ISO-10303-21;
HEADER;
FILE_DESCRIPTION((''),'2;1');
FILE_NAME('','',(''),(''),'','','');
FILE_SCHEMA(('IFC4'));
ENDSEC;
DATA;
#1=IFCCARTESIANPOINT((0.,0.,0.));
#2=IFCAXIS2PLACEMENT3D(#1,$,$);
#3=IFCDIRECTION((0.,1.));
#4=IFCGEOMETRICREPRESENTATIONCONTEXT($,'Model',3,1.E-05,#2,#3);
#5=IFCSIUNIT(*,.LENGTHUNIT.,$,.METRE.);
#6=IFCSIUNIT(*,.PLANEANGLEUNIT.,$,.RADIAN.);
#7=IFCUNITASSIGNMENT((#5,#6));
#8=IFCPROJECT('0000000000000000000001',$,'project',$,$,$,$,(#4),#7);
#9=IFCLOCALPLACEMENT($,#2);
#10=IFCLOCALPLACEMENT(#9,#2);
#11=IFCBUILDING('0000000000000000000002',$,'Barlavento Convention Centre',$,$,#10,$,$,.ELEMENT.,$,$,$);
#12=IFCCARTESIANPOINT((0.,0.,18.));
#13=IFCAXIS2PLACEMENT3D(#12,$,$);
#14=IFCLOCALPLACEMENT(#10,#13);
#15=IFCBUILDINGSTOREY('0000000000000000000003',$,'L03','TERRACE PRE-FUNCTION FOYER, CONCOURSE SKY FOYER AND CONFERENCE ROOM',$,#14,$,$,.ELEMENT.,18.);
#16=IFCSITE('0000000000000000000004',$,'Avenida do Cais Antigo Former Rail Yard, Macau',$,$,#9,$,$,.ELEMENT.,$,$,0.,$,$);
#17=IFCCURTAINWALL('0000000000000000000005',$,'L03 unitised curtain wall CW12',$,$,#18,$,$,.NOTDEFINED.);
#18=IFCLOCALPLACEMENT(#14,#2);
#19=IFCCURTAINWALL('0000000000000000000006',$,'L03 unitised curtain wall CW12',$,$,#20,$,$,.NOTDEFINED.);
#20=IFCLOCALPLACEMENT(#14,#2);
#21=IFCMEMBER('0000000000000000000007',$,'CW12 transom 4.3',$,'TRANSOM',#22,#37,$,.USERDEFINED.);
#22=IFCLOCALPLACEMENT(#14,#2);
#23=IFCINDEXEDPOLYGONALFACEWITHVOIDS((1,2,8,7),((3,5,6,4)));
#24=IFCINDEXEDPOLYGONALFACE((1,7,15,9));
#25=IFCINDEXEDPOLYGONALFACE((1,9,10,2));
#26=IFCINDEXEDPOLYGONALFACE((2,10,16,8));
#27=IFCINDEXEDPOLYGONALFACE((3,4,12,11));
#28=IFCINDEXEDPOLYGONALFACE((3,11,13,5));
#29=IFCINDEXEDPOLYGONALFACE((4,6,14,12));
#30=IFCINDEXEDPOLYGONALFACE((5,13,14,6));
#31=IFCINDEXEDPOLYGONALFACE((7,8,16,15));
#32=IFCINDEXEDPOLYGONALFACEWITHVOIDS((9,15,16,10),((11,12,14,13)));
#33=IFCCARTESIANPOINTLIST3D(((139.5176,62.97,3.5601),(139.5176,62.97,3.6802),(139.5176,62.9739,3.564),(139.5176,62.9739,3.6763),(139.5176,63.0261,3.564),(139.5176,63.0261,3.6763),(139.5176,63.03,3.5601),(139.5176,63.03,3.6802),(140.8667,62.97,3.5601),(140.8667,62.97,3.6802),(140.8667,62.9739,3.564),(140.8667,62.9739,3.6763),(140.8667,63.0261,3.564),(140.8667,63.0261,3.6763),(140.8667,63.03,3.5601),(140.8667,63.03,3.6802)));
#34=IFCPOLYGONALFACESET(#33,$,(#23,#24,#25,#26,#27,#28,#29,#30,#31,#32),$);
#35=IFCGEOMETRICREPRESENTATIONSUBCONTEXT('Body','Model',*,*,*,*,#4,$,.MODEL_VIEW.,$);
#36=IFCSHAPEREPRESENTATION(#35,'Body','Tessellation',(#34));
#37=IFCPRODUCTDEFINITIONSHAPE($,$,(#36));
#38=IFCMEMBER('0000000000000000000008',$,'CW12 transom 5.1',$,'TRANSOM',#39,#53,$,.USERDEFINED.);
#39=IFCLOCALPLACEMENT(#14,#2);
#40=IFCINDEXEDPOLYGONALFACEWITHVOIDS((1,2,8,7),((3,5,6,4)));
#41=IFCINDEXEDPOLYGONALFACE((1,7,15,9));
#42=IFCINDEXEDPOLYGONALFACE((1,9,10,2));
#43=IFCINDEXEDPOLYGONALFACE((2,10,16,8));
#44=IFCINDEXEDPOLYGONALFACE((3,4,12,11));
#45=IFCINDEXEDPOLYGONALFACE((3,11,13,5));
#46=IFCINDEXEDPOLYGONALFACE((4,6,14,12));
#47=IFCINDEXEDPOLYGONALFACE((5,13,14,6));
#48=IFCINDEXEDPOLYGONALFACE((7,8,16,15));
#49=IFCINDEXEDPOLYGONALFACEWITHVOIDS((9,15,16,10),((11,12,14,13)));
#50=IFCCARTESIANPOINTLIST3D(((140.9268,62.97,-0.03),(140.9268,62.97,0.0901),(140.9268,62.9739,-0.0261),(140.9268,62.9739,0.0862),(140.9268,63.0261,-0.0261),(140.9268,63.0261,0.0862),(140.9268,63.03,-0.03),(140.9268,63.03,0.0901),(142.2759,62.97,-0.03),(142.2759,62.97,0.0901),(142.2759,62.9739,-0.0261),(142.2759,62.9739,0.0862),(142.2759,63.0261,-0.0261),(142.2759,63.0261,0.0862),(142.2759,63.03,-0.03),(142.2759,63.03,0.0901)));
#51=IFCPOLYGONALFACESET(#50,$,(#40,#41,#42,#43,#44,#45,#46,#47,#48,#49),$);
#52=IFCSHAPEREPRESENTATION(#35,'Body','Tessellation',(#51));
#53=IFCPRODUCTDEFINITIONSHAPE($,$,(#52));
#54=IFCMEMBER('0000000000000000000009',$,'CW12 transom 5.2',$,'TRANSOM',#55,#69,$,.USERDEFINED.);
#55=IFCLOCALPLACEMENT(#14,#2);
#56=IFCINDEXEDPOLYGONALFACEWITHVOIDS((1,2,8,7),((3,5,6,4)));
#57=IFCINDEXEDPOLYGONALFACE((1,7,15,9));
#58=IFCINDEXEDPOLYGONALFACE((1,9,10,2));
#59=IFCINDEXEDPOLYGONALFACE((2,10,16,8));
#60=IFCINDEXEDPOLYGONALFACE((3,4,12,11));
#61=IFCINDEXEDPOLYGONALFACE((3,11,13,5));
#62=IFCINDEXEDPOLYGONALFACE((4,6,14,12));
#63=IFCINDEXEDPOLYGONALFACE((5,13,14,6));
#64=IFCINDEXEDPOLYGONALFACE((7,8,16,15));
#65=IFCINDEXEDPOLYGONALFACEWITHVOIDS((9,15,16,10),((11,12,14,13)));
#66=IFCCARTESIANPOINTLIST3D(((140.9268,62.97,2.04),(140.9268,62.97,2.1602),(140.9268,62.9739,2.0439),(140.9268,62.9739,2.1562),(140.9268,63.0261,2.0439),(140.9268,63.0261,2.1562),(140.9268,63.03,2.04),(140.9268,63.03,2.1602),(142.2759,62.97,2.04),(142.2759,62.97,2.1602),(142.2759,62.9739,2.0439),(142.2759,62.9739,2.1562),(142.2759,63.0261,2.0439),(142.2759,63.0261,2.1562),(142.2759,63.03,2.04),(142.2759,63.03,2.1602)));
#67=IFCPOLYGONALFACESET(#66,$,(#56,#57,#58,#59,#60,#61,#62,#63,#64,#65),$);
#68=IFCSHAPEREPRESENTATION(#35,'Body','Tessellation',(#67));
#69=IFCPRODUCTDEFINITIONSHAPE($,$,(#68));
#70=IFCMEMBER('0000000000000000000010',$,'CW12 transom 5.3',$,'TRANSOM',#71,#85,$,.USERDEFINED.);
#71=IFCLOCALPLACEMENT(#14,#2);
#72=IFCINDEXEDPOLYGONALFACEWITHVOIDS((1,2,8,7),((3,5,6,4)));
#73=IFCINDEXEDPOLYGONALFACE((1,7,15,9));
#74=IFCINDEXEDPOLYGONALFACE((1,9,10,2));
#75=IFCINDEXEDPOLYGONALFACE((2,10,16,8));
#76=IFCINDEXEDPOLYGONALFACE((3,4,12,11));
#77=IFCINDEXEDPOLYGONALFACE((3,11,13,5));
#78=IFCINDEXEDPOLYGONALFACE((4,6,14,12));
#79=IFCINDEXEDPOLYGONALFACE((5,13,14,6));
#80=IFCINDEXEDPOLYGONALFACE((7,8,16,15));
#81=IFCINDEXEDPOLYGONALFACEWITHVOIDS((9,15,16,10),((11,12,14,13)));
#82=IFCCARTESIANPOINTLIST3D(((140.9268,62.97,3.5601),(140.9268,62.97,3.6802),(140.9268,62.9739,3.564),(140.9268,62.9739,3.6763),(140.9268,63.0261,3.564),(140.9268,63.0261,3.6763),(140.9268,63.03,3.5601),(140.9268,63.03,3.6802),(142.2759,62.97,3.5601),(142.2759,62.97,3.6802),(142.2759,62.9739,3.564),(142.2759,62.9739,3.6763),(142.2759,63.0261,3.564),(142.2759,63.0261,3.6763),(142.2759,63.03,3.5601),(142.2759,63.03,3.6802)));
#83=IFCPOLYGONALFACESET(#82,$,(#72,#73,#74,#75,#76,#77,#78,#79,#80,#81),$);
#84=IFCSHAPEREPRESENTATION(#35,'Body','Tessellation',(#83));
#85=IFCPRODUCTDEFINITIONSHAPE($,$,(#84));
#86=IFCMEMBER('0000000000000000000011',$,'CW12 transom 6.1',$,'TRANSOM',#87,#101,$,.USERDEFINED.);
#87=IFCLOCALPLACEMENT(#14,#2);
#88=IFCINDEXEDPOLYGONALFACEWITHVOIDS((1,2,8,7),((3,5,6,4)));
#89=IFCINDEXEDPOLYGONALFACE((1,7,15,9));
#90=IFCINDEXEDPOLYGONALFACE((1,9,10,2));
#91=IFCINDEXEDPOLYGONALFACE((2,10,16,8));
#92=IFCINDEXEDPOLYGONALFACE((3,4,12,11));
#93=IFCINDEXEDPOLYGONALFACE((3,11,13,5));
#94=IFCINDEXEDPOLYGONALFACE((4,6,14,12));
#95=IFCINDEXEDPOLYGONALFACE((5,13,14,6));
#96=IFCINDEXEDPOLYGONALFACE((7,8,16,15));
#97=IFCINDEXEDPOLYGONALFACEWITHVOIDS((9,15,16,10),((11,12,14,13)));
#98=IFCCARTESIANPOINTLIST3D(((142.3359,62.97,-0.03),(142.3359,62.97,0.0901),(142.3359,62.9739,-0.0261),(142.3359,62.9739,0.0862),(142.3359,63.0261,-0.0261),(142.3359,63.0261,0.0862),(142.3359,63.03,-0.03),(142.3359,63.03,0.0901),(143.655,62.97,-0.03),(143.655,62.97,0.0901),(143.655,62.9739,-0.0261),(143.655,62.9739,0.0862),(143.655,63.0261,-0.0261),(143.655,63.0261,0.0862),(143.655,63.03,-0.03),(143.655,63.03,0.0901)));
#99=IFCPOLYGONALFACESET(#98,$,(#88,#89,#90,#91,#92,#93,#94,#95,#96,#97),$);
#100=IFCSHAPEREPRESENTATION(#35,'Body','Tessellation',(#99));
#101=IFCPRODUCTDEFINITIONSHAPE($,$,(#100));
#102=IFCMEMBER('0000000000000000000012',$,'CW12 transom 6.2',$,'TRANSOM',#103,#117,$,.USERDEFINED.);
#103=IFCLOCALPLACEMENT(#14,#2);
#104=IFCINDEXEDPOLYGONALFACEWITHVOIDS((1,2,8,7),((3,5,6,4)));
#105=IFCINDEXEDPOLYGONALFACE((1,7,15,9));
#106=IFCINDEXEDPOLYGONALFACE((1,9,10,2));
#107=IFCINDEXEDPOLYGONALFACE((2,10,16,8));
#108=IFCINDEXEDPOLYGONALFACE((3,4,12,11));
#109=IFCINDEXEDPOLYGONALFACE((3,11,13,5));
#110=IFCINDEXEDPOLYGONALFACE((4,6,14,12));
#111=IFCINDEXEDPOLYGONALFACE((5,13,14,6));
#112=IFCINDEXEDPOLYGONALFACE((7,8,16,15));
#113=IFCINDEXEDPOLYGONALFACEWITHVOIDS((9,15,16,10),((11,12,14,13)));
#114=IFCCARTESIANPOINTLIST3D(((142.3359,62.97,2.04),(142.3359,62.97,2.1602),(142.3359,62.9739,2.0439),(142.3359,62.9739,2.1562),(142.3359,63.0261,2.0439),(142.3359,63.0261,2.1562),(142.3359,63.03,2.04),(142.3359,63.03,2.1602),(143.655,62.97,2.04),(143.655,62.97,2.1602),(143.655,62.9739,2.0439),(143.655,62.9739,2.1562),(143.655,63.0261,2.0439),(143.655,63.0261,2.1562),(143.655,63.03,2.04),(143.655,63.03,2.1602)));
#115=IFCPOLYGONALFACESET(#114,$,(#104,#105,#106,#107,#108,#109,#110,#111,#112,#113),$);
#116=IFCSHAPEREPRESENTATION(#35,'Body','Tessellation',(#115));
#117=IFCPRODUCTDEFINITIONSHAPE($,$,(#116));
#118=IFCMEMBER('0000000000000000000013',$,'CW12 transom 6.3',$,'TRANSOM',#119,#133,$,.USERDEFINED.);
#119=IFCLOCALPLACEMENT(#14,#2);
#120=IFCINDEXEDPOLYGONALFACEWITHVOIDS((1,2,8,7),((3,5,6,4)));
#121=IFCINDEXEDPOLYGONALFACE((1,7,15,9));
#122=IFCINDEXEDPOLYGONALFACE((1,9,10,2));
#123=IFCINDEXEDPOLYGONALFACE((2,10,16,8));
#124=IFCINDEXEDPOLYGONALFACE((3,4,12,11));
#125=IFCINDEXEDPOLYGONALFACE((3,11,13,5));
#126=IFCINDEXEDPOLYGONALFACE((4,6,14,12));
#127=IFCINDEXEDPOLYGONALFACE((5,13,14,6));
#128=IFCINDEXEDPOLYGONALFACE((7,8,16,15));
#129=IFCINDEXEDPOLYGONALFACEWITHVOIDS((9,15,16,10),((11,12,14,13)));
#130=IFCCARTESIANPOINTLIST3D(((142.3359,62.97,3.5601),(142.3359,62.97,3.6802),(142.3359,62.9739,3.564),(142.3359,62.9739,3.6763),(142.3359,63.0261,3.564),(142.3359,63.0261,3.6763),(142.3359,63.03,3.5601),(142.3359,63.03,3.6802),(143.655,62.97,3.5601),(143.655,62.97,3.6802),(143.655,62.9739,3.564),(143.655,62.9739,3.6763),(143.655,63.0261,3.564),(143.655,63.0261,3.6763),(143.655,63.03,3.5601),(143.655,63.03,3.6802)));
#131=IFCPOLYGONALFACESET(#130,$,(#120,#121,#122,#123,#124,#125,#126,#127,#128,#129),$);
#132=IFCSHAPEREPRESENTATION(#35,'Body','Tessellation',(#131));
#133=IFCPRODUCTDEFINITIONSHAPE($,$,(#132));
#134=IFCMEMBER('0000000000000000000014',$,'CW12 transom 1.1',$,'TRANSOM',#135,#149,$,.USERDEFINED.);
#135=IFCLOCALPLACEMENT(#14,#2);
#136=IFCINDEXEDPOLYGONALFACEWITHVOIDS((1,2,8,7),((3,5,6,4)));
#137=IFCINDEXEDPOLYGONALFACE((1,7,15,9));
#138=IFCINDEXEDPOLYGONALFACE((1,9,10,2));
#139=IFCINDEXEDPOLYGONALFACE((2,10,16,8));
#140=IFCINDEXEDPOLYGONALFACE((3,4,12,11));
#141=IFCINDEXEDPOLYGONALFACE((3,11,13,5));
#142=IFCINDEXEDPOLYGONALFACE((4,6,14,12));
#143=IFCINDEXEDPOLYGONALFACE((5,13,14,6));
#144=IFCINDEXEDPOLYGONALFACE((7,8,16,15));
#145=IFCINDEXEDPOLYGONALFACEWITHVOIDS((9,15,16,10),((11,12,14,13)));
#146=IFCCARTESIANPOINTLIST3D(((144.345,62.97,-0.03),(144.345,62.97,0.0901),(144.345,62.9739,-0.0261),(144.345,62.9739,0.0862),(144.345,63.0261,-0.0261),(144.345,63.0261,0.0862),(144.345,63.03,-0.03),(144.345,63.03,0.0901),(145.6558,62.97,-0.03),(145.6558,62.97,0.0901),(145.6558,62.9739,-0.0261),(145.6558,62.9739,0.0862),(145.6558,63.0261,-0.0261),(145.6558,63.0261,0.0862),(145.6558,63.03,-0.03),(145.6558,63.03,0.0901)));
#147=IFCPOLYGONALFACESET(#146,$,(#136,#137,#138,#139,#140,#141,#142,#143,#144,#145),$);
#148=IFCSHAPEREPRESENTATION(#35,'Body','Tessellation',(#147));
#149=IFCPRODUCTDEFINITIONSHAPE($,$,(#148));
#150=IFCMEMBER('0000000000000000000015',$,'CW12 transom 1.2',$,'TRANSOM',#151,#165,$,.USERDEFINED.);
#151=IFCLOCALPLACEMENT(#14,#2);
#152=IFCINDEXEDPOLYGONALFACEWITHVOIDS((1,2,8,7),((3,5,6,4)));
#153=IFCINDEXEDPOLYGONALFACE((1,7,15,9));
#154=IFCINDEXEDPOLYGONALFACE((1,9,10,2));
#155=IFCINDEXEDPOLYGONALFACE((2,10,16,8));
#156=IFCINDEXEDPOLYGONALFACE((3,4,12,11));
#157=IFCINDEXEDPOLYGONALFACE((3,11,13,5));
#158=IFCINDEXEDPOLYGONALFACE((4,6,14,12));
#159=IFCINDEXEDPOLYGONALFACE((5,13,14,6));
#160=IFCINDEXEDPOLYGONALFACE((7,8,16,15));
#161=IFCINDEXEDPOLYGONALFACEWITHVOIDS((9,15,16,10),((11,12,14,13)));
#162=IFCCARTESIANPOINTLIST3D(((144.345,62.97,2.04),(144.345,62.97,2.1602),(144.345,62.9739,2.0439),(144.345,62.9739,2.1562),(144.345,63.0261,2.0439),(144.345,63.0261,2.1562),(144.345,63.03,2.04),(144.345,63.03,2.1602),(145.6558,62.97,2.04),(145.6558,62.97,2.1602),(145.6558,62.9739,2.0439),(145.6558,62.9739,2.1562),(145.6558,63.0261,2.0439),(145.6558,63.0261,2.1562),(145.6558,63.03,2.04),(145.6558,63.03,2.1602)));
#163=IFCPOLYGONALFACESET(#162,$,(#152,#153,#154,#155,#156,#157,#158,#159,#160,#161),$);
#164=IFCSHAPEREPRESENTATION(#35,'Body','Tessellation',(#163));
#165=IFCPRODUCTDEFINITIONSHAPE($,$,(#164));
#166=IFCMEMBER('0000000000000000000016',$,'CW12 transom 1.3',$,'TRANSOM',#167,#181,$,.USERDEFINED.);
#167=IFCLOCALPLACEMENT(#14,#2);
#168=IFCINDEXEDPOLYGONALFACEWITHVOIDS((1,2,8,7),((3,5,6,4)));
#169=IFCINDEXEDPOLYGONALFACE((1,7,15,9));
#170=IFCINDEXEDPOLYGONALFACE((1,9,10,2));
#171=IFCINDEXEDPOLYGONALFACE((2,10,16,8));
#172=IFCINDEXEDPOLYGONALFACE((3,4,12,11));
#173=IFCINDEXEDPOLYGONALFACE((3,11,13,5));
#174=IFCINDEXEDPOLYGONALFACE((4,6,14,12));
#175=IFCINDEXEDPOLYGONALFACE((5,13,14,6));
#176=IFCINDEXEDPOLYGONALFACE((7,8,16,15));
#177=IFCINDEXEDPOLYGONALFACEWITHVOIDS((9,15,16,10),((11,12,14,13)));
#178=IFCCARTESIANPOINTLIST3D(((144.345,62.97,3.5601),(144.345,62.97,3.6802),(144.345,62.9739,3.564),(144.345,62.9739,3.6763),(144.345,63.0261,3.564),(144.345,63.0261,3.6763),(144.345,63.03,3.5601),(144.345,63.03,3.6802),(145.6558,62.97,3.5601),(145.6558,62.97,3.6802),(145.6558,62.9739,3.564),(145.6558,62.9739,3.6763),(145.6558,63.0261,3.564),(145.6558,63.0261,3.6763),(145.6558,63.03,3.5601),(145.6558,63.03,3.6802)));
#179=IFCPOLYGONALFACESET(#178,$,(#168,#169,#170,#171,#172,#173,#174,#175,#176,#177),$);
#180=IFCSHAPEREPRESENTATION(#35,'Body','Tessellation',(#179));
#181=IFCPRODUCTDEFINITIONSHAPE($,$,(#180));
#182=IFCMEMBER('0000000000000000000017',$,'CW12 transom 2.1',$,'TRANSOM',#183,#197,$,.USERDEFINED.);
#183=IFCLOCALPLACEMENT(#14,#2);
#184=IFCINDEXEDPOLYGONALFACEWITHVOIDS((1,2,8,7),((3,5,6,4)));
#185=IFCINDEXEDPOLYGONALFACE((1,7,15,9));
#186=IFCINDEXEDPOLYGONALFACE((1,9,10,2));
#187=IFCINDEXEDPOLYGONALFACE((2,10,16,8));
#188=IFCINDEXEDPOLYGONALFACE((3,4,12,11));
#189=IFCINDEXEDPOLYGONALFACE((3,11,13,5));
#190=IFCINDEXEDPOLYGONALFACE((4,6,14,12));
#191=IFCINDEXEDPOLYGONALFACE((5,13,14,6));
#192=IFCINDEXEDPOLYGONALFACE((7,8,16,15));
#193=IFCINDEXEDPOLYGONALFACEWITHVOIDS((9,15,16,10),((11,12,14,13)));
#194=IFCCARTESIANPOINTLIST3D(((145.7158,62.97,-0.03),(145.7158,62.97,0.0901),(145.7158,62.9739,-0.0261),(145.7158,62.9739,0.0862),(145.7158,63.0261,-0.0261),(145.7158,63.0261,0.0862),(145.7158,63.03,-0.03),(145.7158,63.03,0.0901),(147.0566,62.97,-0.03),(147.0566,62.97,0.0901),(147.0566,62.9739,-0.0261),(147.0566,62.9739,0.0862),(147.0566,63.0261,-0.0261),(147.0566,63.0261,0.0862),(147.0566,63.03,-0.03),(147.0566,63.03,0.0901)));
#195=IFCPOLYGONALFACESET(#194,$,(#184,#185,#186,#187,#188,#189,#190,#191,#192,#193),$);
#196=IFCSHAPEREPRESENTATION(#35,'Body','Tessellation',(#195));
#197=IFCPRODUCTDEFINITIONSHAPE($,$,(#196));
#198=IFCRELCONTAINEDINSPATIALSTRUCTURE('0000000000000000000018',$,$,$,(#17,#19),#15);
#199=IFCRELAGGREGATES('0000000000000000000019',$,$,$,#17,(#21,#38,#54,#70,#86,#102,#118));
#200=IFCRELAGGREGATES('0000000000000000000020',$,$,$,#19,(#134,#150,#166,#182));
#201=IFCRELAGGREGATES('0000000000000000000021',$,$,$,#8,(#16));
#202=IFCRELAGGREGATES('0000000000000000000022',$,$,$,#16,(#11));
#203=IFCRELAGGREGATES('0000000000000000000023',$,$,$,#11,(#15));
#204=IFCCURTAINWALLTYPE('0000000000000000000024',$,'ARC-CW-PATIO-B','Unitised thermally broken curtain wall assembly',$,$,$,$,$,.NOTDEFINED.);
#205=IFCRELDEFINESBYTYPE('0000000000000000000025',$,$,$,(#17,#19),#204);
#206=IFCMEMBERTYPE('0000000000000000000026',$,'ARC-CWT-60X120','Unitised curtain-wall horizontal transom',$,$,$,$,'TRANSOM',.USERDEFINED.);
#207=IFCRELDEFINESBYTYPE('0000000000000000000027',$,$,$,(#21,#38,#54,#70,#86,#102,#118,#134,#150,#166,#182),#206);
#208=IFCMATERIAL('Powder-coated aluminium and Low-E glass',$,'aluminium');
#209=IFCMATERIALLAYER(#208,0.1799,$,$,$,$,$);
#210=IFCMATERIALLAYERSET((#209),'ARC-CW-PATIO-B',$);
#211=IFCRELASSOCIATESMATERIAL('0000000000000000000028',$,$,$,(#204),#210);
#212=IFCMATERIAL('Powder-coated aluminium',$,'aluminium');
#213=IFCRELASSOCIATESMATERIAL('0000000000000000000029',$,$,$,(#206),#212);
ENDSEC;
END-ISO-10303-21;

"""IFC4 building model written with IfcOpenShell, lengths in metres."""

from ifc_helpers import new_model, si_unit, direction, frame, origin, origin_2d, place, context, subcontext, project, spatial, hollow_rectangle, extrude, material, layer, layer_set, material_profile, profile_set, type_object, element, aggregate, save


model = new_model("IFC4")

# Units and contexts
model_context = context("Model", 3, precision=1e-05, world=origin(), true_north=direction((0.0, 1.0)))
body_context = subcontext(model_context, "Body", "Model", "MODEL_VIEW")
ifc_project = project(units=[si_unit("LENGTHUNIT", "METRE"), si_unit("PLANEANGLEUNIT", "RADIAN")], contexts=[model_context])

# Site, building, storey
site_placement = place(None, origin())
site = spatial("IfcSite", under=ifc_project, at=site_placement, Name="Avenida do Cais Antigo Former Rail Yard, Macau", CompositionType="ELEMENT", RefElevation=0.0)
building_placement = place(site_placement, origin())
building = spatial("IfcBuilding", under=site, at=building_placement, Name="Barlavento Convention Centre", CompositionType="ELEMENT")
storey_placement = place(building_placement, frame((0.0, 0.0, 18.0)))
storey = spatial("IfcBuildingStorey", under=building, at=storey_placement, Name="L03", Description="TERRACE PRE-FUNCTION FOYER, CONCOURSE SKY FOYER AND CONFERENCE ROOM", CompositionType="ELEMENT", Elevation=18.0)

# Curtain walls
ifc_material_1 = material(Name="Powder-coated aluminium and Low-E glass", Category="aluminium")
ifc_layer_1 = layer(ifc_material_1, 0.1799)
ifc_layer_set_1 = layer_set([ifc_layer_1], Name="ARC-CW-PATIO-B")
curtain_wall_type = type_object("IfcCurtainWallType", Name="ARC-CW-PATIO-B", Description="Unitised thermally broken curtain wall assembly", PredefinedType="NOTDEFINED", material=ifc_layer_set_1)
curtain_wall_1_placement = place(storey_placement, origin())
curtain_wall_1 = element("IfcCurtainWall", 1, at=curtain_wall_1_placement, inside=storey, type_object=curtain_wall_type, Name="L03 unitised curtain wall CW12", PredefinedType="NOTDEFINED")
ifc_material_2 = material(Name="Powder-coated aluminium", Category="aluminium")
curtain_wall_2_placement = place(storey_placement, origin())
curtain_wall_2 = element("IfcCurtainWall", 2, at=curtain_wall_2_placement, inside=storey, type_object=curtain_wall_type, Name="L03 unitised curtain wall CW12", PredefinedType="NOTDEFINED")

# Members
ifc_material_profile_1 = material_profile(ifc_material_2, hollow_rectangle(XDim=0.0601, YDim=0.1201, WallThickness=0.0039, at=origin_2d()), Name="AL-TRAN 60x120x4")
ifc_profile_set_1 = profile_set([ifc_material_profile_1], Name="Powder-coated aluminium")
member_type_1 = type_object("IfcMemberType", Name="ARC-CWT-60X120", Description="Unitised curtain-wall horizontal transom", ElementType="TRANSOM", PredefinedType="USERDEFINED", material=ifc_profile_set_1)
member_1_placement = place(storey_placement, frame((139.5176, 63.0, 3.6201), z_axis=(1.0, 0.0, 0.0), x_axis=(0.0, 1.0, 0.0)))
member_1 = element("IfcMember", 3, at=member_1_placement, type_object=member_type_1, Name="CW12 transom 4.3", ObjectType="TRANSOM", PredefinedType="USERDEFINED", context=body_context, shape_type="SweptSolid", body=[
    extrude(hollow_rectangle(XDim=0.0601, YDim=0.1201, WallThickness=0.0039, at=origin_2d()), origin(), (0.0, 0.0, 1.0), 1.3491),
])
member_2_placement = place(storey_placement, frame((140.9268, 63.0, 0.03), z_axis=(1.0, 0.0, 0.0), x_axis=(0.0, 1.0, 0.0)))
member_2 = element("IfcMember", 4, at=member_2_placement, type_object=member_type_1, Name="CW12 transom 5.1", ObjectType="TRANSOM", PredefinedType="USERDEFINED", context=body_context, shape_type="SweptSolid", body=[
    extrude(hollow_rectangle(XDim=0.0601, YDim=0.1201, WallThickness=0.0039, at=origin_2d()), origin(), (0.0, 0.0, 1.0), 1.3491),
])
member_3_placement = place(storey_placement, frame((140.9268, 63.0, 2.1001), z_axis=(1.0, 0.0, 0.0), x_axis=(0.0, 1.0, 0.0)))
member_3 = element("IfcMember", 5, at=member_3_placement, type_object=member_type_1, Name="CW12 transom 5.2", ObjectType="TRANSOM", PredefinedType="USERDEFINED", context=body_context, shape_type="SweptSolid", body=[
    extrude(hollow_rectangle(XDim=0.0601, YDim=0.1201, WallThickness=0.0039, at=origin_2d()), origin(), (0.0, 0.0, 1.0), 1.3491),
])
member_4_placement = place(storey_placement, frame((140.9268, 63.0, 3.6201), z_axis=(1.0, 0.0, 0.0), x_axis=(0.0, 1.0, 0.0)))
member_4 = element("IfcMember", 6, at=member_4_placement, type_object=member_type_1, Name="CW12 transom 5.3", ObjectType="TRANSOM", PredefinedType="USERDEFINED", context=body_context, shape_type="SweptSolid", body=[
    extrude(hollow_rectangle(XDim=0.0601, YDim=0.1201, WallThickness=0.0039, at=origin_2d()), origin(), (0.0, 0.0, 1.0), 1.3491),
])
member_5_placement = place(storey_placement, frame((142.3359, 63.0, 0.03), z_axis=(1.0, 0.0, 0.0), x_axis=(0.0, 1.0, 0.0)))
member_5 = element("IfcMember", 7, at=member_5_placement, type_object=member_type_1, Name="CW12 transom 6.1", ObjectType="TRANSOM", PredefinedType="USERDEFINED", context=body_context, shape_type="SweptSolid", body=[
    extrude(hollow_rectangle(XDim=0.0601, YDim=0.1201, WallThickness=0.0039, at=origin_2d()), origin(), (0.0, 0.0, 1.0), 1.3191),
])
member_6_placement = place(storey_placement, frame((142.3359, 63.0, 2.1001), z_axis=(1.0, 0.0, 0.0), x_axis=(0.0, 1.0, 0.0)))
member_6 = element("IfcMember", 8, at=member_6_placement, type_object=member_type_1, Name="CW12 transom 6.2", ObjectType="TRANSOM", PredefinedType="USERDEFINED", context=body_context, shape_type="SweptSolid", body=[
    extrude(hollow_rectangle(XDim=0.0601, YDim=0.1201, WallThickness=0.0039, at=origin_2d()), origin(), (0.0, 0.0, 1.0), 1.3191),
])
member_7_placement = place(storey_placement, frame((142.3359, 63.0, 3.6201), z_axis=(1.0, 0.0, 0.0), x_axis=(0.0, 1.0, 0.0)))
member_7 = element("IfcMember", 9, at=member_7_placement, type_object=member_type_1, Name="CW12 transom 6.3", ObjectType="TRANSOM", PredefinedType="USERDEFINED", context=body_context, shape_type="SweptSolid", body=[
    extrude(hollow_rectangle(XDim=0.0601, YDim=0.1201, WallThickness=0.0039, at=origin_2d()), origin(), (0.0, 0.0, 1.0), 1.3191),
])
member_8_placement = place(storey_placement, frame((144.345, 63.0, 0.03), z_axis=(1.0, 0.0, 0.0), x_axis=(0.0, 1.0, 0.0)))
member_8 = element("IfcMember", 10, at=member_8_placement, type_object=member_type_1, Name="CW12 transom 1.1", ObjectType="TRANSOM", PredefinedType="USERDEFINED", context=body_context, shape_type="SweptSolid", body=[
    extrude(hollow_rectangle(XDim=0.0601, YDim=0.1201, WallThickness=0.0039, at=origin_2d()), origin(), (0.0, 0.0, 1.0), 1.3108),
])
member_9_placement = place(storey_placement, frame((144.345, 63.0, 2.1001), z_axis=(1.0, 0.0, 0.0), x_axis=(0.0, 1.0, 0.0)))
member_9 = element("IfcMember", 11, at=member_9_placement, type_object=member_type_1, Name="CW12 transom 1.2", ObjectType="TRANSOM", PredefinedType="USERDEFINED", context=body_context, shape_type="SweptSolid", body=[
    extrude(hollow_rectangle(XDim=0.0601, YDim=0.1201, WallThickness=0.0039, at=origin_2d()), origin(), (0.0, 0.0, 1.0), 1.3108),
])
member_10_placement = place(storey_placement, frame((144.345, 63.0, 3.6201), z_axis=(1.0, 0.0, 0.0), x_axis=(0.0, 1.0, 0.0)))
member_10 = element("IfcMember", 12, at=member_10_placement, type_object=member_type_1, Name="CW12 transom 1.3", ObjectType="TRANSOM", PredefinedType="USERDEFINED", context=body_context, shape_type="SweptSolid", body=[
    extrude(hollow_rectangle(XDim=0.0601, YDim=0.1201, WallThickness=0.0039, at=origin_2d()), origin(), (0.0, 0.0, 1.0), 1.3108),
])
member_11_placement = place(storey_placement, frame((145.7158, 63.0, 0.03), z_axis=(1.0, 0.0, 0.0), x_axis=(0.0, 1.0, 0.0)))
member_11 = element("IfcMember", 13, at=member_11_placement, type_object=member_type_1, Name="CW12 transom 2.1", ObjectType="TRANSOM", PredefinedType="USERDEFINED", context=body_context, shape_type="SweptSolid", body=[
    extrude(hollow_rectangle(XDim=0.0601, YDim=0.1201, WallThickness=0.0039, at=origin_2d()), origin(), (0.0, 0.0, 1.0), 1.3408),
])

aggregate(curtain_wall_1, [member_1, member_2, member_3, member_4, member_5, member_6, member_7])
aggregate(curtain_wall_2, [member_8, member_9, member_10, member_11])

save(model, "model.ifc")
